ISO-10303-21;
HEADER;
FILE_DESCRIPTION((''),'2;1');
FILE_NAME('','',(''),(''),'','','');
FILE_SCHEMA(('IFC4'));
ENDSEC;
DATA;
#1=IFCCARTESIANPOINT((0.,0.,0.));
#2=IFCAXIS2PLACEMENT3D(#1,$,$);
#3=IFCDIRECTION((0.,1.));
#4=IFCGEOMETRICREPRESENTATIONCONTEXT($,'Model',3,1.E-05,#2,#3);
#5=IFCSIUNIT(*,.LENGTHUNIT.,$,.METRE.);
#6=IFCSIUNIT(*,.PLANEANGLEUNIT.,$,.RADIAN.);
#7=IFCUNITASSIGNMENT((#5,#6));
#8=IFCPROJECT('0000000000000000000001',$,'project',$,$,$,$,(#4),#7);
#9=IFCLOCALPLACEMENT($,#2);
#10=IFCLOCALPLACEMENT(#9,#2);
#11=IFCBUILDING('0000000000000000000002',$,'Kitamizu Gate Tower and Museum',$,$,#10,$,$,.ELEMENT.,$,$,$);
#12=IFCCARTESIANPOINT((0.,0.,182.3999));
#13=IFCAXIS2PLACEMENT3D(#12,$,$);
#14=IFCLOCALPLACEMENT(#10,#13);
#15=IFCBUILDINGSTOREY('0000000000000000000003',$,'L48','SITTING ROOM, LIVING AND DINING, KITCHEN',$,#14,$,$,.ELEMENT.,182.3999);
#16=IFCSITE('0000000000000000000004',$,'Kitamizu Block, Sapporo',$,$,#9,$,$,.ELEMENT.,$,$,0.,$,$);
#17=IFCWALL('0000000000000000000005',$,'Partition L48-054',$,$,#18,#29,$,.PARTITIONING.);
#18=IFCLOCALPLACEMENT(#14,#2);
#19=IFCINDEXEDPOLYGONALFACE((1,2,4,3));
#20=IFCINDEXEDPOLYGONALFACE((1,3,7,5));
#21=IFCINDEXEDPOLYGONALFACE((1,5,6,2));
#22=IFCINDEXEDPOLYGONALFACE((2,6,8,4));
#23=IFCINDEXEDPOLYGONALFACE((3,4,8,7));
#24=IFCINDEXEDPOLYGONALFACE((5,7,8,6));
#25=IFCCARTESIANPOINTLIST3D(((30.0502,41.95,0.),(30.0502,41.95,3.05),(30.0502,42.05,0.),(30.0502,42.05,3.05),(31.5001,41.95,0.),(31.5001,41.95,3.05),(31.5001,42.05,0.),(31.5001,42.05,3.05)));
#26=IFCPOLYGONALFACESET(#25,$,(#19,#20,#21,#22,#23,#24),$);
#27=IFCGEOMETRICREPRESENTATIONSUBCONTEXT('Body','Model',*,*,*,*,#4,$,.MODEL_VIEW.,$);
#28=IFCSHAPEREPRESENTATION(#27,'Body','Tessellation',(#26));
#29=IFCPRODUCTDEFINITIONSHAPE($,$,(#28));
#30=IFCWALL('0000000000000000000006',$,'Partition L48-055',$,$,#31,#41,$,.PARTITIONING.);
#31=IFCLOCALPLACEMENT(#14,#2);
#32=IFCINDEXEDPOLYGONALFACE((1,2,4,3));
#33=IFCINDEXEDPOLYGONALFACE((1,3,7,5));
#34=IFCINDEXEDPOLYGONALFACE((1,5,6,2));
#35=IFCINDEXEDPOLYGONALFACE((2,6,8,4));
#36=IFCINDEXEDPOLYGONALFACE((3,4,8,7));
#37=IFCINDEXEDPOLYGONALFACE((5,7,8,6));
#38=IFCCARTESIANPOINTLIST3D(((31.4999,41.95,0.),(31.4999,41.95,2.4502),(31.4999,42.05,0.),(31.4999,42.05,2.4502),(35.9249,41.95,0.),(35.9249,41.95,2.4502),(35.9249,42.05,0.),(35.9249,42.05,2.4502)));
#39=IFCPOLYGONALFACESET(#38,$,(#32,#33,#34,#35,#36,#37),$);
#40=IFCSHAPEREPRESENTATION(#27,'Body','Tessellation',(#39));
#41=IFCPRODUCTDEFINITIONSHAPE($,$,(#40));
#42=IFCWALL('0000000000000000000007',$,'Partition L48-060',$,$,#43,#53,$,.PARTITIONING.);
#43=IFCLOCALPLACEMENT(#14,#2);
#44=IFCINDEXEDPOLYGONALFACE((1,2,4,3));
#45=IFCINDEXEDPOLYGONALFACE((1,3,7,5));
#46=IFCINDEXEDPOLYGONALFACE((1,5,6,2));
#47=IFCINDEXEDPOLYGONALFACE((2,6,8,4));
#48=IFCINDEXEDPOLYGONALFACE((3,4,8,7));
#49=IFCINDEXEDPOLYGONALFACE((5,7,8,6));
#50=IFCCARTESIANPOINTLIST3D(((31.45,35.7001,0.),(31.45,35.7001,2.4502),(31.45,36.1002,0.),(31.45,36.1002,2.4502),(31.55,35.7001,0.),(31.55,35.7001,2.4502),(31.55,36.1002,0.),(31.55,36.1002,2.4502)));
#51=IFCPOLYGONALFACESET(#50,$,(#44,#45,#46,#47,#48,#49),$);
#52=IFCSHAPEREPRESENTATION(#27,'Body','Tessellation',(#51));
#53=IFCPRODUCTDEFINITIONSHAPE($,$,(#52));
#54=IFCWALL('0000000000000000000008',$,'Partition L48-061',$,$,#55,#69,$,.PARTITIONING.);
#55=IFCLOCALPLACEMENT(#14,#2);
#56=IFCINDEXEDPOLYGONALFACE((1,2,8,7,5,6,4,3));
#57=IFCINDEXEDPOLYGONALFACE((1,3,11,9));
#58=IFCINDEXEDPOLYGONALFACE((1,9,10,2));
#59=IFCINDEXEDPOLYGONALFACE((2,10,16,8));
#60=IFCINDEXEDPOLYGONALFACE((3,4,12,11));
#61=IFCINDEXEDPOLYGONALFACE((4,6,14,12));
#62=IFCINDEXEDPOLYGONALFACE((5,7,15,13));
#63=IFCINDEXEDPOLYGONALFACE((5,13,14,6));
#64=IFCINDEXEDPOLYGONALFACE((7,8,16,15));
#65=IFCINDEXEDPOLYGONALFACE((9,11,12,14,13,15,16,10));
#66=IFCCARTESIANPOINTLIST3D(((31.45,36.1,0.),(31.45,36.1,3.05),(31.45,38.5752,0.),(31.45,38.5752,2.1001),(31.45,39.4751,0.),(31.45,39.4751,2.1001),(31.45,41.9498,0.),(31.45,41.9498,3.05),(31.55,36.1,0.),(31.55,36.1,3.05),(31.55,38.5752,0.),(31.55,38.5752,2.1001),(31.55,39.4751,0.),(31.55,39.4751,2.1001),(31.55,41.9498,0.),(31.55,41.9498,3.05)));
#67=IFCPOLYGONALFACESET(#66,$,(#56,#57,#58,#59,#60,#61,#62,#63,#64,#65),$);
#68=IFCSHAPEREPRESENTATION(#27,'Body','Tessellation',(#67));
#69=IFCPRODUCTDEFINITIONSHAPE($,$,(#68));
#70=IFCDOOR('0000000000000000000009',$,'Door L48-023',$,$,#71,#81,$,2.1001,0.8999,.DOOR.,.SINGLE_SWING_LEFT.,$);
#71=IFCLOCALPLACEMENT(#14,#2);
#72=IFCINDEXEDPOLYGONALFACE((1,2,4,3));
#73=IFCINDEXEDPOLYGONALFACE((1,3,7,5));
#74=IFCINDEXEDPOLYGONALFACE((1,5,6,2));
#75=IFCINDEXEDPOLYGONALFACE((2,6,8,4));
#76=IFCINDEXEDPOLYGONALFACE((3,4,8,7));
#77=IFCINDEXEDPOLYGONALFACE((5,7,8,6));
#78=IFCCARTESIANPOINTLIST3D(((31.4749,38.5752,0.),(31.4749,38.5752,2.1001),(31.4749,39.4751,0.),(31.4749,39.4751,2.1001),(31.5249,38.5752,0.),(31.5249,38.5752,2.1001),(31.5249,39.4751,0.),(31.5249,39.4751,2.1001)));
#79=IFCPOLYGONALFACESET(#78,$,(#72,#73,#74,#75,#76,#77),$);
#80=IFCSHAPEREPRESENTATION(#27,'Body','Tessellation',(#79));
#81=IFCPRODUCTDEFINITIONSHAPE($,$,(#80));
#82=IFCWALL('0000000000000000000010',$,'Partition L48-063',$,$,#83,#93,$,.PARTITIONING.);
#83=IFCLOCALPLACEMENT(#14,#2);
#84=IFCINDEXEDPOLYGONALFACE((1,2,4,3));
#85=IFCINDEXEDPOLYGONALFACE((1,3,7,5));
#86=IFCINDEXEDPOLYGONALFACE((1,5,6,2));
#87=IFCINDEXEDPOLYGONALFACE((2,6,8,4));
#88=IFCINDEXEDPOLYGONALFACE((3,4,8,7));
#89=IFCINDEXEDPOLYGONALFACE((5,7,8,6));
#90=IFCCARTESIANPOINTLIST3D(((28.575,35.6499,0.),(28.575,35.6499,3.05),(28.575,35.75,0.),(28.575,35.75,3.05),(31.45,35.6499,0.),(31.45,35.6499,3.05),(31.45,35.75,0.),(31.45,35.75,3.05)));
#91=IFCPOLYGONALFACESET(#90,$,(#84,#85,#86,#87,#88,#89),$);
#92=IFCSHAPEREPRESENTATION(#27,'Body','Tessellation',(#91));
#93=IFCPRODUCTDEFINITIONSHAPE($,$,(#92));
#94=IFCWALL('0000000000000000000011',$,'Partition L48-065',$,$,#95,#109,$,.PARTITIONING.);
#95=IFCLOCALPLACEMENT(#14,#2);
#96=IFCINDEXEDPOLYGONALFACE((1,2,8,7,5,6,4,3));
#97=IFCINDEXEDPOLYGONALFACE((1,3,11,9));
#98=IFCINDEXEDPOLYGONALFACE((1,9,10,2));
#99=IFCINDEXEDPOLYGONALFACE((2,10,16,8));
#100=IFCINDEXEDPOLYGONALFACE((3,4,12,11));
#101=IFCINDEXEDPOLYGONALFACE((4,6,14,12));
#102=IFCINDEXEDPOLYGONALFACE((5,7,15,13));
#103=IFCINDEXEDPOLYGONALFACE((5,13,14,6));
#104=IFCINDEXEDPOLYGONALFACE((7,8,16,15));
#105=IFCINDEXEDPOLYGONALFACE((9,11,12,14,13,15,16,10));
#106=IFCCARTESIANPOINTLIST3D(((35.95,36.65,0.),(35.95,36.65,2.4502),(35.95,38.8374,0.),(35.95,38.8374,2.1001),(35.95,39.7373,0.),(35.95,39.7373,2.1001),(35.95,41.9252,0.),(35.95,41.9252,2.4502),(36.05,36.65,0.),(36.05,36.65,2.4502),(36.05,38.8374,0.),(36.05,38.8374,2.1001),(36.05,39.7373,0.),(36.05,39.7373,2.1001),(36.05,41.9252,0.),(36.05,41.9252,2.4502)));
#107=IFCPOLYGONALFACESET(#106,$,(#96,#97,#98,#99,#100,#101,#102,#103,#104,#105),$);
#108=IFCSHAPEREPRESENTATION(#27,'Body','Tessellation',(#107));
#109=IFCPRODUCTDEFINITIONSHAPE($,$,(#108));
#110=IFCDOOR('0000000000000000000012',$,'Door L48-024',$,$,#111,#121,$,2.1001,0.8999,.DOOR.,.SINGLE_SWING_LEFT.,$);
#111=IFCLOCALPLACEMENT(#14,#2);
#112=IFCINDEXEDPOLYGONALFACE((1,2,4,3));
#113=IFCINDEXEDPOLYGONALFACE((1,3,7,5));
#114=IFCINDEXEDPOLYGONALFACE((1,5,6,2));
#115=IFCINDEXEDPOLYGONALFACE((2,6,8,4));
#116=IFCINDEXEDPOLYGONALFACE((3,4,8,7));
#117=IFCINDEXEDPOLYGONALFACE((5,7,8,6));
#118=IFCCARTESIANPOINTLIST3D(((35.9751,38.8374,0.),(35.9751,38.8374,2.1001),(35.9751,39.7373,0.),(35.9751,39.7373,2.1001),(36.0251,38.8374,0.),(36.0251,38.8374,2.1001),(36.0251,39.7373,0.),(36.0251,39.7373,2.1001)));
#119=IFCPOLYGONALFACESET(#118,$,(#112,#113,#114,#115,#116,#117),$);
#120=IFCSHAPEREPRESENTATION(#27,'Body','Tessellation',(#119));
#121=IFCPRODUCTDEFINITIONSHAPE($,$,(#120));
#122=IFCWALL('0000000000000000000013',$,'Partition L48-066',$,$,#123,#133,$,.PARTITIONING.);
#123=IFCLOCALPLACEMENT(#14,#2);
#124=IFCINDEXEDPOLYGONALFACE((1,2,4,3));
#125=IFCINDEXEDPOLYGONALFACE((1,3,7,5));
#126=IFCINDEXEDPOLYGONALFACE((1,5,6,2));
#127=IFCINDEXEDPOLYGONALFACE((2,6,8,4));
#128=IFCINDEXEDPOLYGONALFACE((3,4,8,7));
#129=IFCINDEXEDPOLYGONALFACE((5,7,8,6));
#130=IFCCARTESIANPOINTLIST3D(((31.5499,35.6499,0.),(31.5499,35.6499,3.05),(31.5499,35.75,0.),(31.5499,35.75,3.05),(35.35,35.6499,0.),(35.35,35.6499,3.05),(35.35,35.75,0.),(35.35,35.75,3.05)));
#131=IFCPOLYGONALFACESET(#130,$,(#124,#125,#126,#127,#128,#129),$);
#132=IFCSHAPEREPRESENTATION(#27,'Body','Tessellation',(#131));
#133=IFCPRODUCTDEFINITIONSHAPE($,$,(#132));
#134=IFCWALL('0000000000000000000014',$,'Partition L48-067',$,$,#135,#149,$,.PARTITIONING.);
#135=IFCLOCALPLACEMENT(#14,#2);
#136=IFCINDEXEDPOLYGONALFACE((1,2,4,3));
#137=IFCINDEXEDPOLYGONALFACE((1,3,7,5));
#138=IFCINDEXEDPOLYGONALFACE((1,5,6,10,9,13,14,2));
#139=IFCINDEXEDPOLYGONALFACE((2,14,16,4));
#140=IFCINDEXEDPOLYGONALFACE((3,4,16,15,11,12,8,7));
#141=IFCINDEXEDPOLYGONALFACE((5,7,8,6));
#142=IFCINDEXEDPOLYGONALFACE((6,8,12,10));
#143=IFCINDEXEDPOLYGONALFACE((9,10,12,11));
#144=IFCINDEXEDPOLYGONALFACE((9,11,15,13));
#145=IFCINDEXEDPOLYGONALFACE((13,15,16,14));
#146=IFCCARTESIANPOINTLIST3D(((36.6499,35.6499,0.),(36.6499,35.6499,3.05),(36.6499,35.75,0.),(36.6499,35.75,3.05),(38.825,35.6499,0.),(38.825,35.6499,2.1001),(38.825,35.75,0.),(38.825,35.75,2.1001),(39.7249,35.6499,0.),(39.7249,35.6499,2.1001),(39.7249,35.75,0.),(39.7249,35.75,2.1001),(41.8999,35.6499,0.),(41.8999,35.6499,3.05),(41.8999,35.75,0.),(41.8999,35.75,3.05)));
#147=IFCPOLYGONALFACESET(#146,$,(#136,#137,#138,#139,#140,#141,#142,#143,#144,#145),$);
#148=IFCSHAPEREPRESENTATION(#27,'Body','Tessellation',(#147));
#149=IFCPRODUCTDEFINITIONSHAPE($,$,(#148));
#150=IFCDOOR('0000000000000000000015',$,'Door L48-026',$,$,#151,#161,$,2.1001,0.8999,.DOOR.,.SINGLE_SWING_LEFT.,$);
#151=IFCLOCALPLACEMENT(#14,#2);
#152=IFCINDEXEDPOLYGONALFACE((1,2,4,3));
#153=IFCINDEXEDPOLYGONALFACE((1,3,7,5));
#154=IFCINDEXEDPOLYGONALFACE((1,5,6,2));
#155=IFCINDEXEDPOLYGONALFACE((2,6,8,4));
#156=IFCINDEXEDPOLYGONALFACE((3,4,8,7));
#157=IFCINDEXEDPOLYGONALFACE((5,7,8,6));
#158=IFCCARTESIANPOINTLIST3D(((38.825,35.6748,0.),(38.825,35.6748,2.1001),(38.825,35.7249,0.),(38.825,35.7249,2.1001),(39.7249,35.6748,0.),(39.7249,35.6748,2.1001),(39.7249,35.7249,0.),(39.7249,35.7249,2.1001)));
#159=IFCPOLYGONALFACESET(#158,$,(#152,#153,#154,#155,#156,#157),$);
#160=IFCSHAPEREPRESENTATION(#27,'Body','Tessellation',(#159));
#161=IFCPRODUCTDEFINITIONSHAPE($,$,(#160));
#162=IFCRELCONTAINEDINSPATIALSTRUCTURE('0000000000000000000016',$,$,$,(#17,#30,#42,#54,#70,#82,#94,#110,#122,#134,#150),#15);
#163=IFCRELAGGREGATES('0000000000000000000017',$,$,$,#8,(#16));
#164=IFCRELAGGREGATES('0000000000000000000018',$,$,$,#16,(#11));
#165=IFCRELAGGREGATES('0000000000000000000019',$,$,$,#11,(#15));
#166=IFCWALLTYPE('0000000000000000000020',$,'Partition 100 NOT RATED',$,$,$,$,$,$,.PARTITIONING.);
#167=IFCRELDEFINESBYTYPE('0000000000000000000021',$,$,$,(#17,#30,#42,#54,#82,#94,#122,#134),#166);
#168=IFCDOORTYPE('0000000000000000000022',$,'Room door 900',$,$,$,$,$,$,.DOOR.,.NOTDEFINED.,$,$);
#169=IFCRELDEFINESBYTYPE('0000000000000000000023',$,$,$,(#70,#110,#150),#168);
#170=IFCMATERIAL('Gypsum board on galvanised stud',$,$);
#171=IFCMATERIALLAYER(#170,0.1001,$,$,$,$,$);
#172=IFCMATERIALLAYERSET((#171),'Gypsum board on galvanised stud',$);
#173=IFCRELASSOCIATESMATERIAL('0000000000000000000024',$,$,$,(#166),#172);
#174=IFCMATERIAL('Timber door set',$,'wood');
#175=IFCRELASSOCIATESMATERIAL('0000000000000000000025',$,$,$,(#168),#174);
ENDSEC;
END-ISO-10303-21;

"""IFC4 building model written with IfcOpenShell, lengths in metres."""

from ifc_helpers import new_model, si_unit, direction, frame, frame_2d, origin, place, context, subcontext, project, spatial, rectangle, extrude, material, layer, layer_set, type_object, element, fill, save


model = new_model("IFC4")

# Units and contexts
model_context = context("Model", 3, precision=1e-05, world=origin(), true_north=direction((0.0, 1.0)))
body_context = subcontext(model_context, "Body", "Model", "MODEL_VIEW")
ifc_project = project(units=[si_unit("LENGTHUNIT", "METRE"), si_unit("PLANEANGLEUNIT", "RADIAN")], contexts=[model_context])

# Site, building, storey
site_placement = place(None, origin())
site = spatial("IfcSite", under=ifc_project, at=site_placement, Name="Kitamizu Block, Sapporo", CompositionType="ELEMENT", RefElevation=0.0)
building_placement = place(site_placement, origin())
building = spatial("IfcBuilding", under=site, at=building_placement, Name="Kitamizu Gate Tower and Museum", CompositionType="ELEMENT")
storey_placement = place(building_placement, frame((0.0, 0.0, 182.3999)))
storey = spatial("IfcBuildingStorey", under=building, at=storey_placement, Name="L48", Description="SITTING ROOM, LIVING AND DINING, KITCHEN", CompositionType="ELEMENT", Elevation=182.3999)

# Shared definitions
ifc_material_1 = material(Name="Gypsum board on galvanised stud")
ifc_layer_1 = layer(ifc_material_1, 0.1001)
ifc_layer_set_1 = layer_set([ifc_layer_1], Name="Gypsum board on galvanised stud")
wall_type_1 = type_object("IfcWallType", Name="Partition 100 NOT RATED", PredefinedType="PARTITIONING", material=ifc_layer_set_1)
ifc_material_2 = material(Name="Timber door set", Category="wood")
door_type_1 = type_object("IfcDoorType", Name="Room door 900", OperationType="NOTDEFINED", PredefinedType="DOOR", material=ifc_material_2)

# Walls
wall_1_placement = place(storey_placement, frame((30.05, 42.0, 0.0), z_axis=(0.0, 0.0, 1.0), x_axis=(1.0, 0.0, 0.0)))
element("IfcWall", 1, at=wall_1_placement, inside=storey, type_object=wall_type_1, Name="Partition L48-054", PredefinedType="PARTITIONING", context=body_context, shape_type="SweptSolid", body=[
    extrude(rectangle(XDim=1.45, YDim=0.1001, at=frame_2d((0.7251, 0.0))), origin(), (0.0, 0.0, 1.0), 3.05),
])
wall_2_placement = place(storey_placement, frame((31.5, 42.0, 0.0), z_axis=(0.0, 0.0, 1.0), x_axis=(1.0, 0.0, 0.0)))
element("IfcWall", 2, at=wall_2_placement, inside=storey, type_object=wall_type_1, Name="Partition L48-055", PredefinedType="PARTITIONING", context=body_context, shape_type="SweptSolid", body=[
    extrude(rectangle(XDim=4.425, YDim=0.1001, at=frame_2d((2.2124, 0.0))), origin(), (0.0, 0.0, 1.0), 2.4502),
])
wall_3_placement = place(storey_placement, frame((31.5, 35.7, 0.0), z_axis=(0.0, 0.0, 1.0), x_axis=(0.0, 1.0, 0.0)))
element("IfcWall", 3, at=wall_3_placement, inside=storey, type_object=wall_type_1, Name="Partition L48-060", PredefinedType="PARTITIONING", context=body_context, shape_type="SweptSolid", body=[
    extrude(rectangle(XDim=0.4001, YDim=0.1001, at=frame_2d((0.2002, 0.0))), origin(), (0.0, 0.0, 1.0), 2.4502),
])

# Wall, opening, door
wall_4_placement = place(storey_placement, frame((31.5, 36.1001, 0.0), z_axis=(0.0, 0.0, 1.0), x_axis=(0.0, 1.0, 0.0)))
wall_4 = element("IfcWall", 4, at=wall_4_placement, inside=storey, type_object=wall_type_1, Name="Partition L48-061", PredefinedType="PARTITIONING", context=body_context, shape_type="SweptSolid", body=[
    extrude(rectangle(XDim=5.8499, YDim=0.1001, at=frame_2d((2.9248, 0.0))), origin(), (0.0, 0.0, 1.0), 3.05),
])
opening_1_placement = place(wall_4_placement, frame((2.4751, 0.0, 0.0)))
opening_1 = element("IfcOpeningElement", 5, at=opening_1_placement, cuts=wall_4, PredefinedType="OPENING", context=body_context, shape_type="SweptSolid", body=[
    extrude(rectangle(XDim=0.8999, YDim=2.1001, at=frame_2d((0.45, 1.05))), frame((0.0, 0.0601, 0.0), z_axis=(0.0, -1.0, 0.0), x_axis=(1.0, 0.0, 0.0)), (0.0, 0.0, 1.0), 0.1201),
])
door_1_placement = place(opening_1_placement, frame((0.8999, 0.0, 0.0), x_axis=(-1.0, 0.0, 0.0)))
door_1 = element("IfcDoor", 6, at=door_1_placement, inside=storey, type_object=door_type_1, Name="Door L48-023", OperationType="SINGLE_SWING_LEFT", OverallHeight=2.1001, OverallWidth=0.8999, PredefinedType="DOOR", context=body_context, shape_type="SweptSolid", body=[
    extrude(rectangle(XDim=0.8999, YDim=2.1001, at=frame_2d((0.45, 1.05))), frame((0.0, 0.0249, 0.0), z_axis=(0.0, -1.0, 0.0), x_axis=(1.0, 0.0, 0.0)), (0.0, 0.0, 1.0), 0.05),
])
fill(opening_1, door_1)

# Wall
wall_5_placement = place(storey_placement, frame((28.575, 35.7, 0.0), z_axis=(0.0, 0.0, 1.0), x_axis=(1.0, 0.0, 0.0)))
element("IfcWall", 7, at=wall_5_placement, inside=storey, type_object=wall_type_1, Name="Partition L48-063", PredefinedType="PARTITIONING", context=body_context, shape_type="SweptSolid", body=[
    extrude(rectangle(XDim=2.875, YDim=0.1001, at=frame_2d((1.4375, 0.0))), origin(), (0.0, 0.0, 1.0), 3.05),
])

# Wall, opening, door
wall_6_placement = place(storey_placement, frame((36.0, 36.6499, 0.0), z_axis=(0.0, 0.0, 1.0), x_axis=(0.0, 1.0, 0.0)))
wall_6 = element("IfcWall", 8, at=wall_6_placement, inside=storey, type_object=wall_type_1, Name="Partition L48-065", PredefinedType="PARTITIONING", context=body_context, shape_type="SweptSolid", body=[
    extrude(rectangle(XDim=5.2751, YDim=0.1001, at=frame_2d((2.6377, 0.0))), origin(), (0.0, 0.0, 1.0), 2.4502),
])
opening_2_placement = place(wall_6_placement, frame((2.1875, 0.0, 0.0)))
opening_2 = element("IfcOpeningElement", 9, at=opening_2_placement, cuts=wall_6, PredefinedType="OPENING", context=body_context, shape_type="SweptSolid", body=[
    extrude(rectangle(XDim=0.8999, YDim=2.1001, at=frame_2d((0.45, 1.05))), frame((0.0, 0.0601, 0.0), z_axis=(0.0, -1.0, 0.0), x_axis=(1.0, 0.0, 0.0)), (0.0, 0.0, 1.0), 0.1201),
])
door_2_placement = place(opening_2_placement, origin())
door_2 = element("IfcDoor", 10, at=door_2_placement, inside=storey, type_object=door_type_1, Name="Door L48-024", OperationType="SINGLE_SWING_LEFT", OverallHeight=2.1001, OverallWidth=0.8999, PredefinedType="DOOR", context=body_context, shape_type="SweptSolid", body=[
    extrude(rectangle(XDim=0.8999, YDim=2.1001, at=frame_2d((0.45, 1.05))), frame((0.0, 0.0249, 0.0), z_axis=(0.0, -1.0, 0.0), x_axis=(1.0, 0.0, 0.0)), (0.0, 0.0, 1.0), 0.05),
])
fill(opening_2, door_2)

# Wall
wall_7_placement = place(storey_placement, frame((31.55, 35.7, 0.0), z_axis=(0.0, 0.0, 1.0), x_axis=(1.0, 0.0, 0.0)))
element("IfcWall", 11, at=wall_7_placement, inside=storey, type_object=wall_type_1, Name="Partition L48-066", PredefinedType="PARTITIONING", context=body_context, shape_type="SweptSolid", body=[
    extrude(rectangle(XDim=3.8, YDim=0.1001, at=frame_2d((1.8999, 0.0))), origin(), (0.0, 0.0, 1.0), 3.05),
])

# Wall, opening, door
wall_8_placement = place(storey_placement, frame((36.6499, 35.7, 0.0), z_axis=(0.0, 0.0, 1.0), x_axis=(1.0, 0.0, 0.0)))
wall_8 = element("IfcWall", 12, at=wall_8_placement, inside=storey, type_object=wall_type_1, Name="Partition L48-067", PredefinedType="PARTITIONING", context=body_context, shape_type="SweptSolid", body=[
    extrude(rectangle(XDim=5.25, YDim=0.1001, at=frame_2d((2.625, 0.0))), origin(), (0.0, 0.0, 1.0), 3.05),
])
opening_3_placement = place(wall_8_placement, frame((2.175, 0.0, 0.0)))
opening_3 = element("IfcOpeningElement", 13, at=opening_3_placement, cuts=wall_8, PredefinedType="OPENING", context=body_context, shape_type="SweptSolid", body=[
    extrude(rectangle(XDim=0.8999, YDim=2.1001, at=frame_2d((0.45, 1.05))), frame((0.0, 0.0601, 0.0), z_axis=(0.0, -1.0, 0.0), x_axis=(1.0, 0.0, 0.0)), (0.0, 0.0, 1.0), 0.1201),
])
door_3_placement = place(opening_3_placement, origin())
door_3 = element("IfcDoor", 14, at=door_3_placement, inside=storey, type_object=door_type_1, Name="Door L48-026", OperationType="SINGLE_SWING_LEFT", OverallHeight=2.1001, OverallWidth=0.8999, PredefinedType="DOOR", context=body_context, shape_type="SweptSolid", body=[
    extrude(rectangle(XDim=0.8999, YDim=2.1001, at=frame_2d((0.45, 1.05))), frame((0.0, 0.0249, 0.0), z_axis=(0.0, -1.0, 0.0), x_axis=(1.0, 0.0, 0.0)), (0.0, 0.0, 1.0), 0.05),
])
fill(opening_3, door_3)

save(model, "model.ifc")
